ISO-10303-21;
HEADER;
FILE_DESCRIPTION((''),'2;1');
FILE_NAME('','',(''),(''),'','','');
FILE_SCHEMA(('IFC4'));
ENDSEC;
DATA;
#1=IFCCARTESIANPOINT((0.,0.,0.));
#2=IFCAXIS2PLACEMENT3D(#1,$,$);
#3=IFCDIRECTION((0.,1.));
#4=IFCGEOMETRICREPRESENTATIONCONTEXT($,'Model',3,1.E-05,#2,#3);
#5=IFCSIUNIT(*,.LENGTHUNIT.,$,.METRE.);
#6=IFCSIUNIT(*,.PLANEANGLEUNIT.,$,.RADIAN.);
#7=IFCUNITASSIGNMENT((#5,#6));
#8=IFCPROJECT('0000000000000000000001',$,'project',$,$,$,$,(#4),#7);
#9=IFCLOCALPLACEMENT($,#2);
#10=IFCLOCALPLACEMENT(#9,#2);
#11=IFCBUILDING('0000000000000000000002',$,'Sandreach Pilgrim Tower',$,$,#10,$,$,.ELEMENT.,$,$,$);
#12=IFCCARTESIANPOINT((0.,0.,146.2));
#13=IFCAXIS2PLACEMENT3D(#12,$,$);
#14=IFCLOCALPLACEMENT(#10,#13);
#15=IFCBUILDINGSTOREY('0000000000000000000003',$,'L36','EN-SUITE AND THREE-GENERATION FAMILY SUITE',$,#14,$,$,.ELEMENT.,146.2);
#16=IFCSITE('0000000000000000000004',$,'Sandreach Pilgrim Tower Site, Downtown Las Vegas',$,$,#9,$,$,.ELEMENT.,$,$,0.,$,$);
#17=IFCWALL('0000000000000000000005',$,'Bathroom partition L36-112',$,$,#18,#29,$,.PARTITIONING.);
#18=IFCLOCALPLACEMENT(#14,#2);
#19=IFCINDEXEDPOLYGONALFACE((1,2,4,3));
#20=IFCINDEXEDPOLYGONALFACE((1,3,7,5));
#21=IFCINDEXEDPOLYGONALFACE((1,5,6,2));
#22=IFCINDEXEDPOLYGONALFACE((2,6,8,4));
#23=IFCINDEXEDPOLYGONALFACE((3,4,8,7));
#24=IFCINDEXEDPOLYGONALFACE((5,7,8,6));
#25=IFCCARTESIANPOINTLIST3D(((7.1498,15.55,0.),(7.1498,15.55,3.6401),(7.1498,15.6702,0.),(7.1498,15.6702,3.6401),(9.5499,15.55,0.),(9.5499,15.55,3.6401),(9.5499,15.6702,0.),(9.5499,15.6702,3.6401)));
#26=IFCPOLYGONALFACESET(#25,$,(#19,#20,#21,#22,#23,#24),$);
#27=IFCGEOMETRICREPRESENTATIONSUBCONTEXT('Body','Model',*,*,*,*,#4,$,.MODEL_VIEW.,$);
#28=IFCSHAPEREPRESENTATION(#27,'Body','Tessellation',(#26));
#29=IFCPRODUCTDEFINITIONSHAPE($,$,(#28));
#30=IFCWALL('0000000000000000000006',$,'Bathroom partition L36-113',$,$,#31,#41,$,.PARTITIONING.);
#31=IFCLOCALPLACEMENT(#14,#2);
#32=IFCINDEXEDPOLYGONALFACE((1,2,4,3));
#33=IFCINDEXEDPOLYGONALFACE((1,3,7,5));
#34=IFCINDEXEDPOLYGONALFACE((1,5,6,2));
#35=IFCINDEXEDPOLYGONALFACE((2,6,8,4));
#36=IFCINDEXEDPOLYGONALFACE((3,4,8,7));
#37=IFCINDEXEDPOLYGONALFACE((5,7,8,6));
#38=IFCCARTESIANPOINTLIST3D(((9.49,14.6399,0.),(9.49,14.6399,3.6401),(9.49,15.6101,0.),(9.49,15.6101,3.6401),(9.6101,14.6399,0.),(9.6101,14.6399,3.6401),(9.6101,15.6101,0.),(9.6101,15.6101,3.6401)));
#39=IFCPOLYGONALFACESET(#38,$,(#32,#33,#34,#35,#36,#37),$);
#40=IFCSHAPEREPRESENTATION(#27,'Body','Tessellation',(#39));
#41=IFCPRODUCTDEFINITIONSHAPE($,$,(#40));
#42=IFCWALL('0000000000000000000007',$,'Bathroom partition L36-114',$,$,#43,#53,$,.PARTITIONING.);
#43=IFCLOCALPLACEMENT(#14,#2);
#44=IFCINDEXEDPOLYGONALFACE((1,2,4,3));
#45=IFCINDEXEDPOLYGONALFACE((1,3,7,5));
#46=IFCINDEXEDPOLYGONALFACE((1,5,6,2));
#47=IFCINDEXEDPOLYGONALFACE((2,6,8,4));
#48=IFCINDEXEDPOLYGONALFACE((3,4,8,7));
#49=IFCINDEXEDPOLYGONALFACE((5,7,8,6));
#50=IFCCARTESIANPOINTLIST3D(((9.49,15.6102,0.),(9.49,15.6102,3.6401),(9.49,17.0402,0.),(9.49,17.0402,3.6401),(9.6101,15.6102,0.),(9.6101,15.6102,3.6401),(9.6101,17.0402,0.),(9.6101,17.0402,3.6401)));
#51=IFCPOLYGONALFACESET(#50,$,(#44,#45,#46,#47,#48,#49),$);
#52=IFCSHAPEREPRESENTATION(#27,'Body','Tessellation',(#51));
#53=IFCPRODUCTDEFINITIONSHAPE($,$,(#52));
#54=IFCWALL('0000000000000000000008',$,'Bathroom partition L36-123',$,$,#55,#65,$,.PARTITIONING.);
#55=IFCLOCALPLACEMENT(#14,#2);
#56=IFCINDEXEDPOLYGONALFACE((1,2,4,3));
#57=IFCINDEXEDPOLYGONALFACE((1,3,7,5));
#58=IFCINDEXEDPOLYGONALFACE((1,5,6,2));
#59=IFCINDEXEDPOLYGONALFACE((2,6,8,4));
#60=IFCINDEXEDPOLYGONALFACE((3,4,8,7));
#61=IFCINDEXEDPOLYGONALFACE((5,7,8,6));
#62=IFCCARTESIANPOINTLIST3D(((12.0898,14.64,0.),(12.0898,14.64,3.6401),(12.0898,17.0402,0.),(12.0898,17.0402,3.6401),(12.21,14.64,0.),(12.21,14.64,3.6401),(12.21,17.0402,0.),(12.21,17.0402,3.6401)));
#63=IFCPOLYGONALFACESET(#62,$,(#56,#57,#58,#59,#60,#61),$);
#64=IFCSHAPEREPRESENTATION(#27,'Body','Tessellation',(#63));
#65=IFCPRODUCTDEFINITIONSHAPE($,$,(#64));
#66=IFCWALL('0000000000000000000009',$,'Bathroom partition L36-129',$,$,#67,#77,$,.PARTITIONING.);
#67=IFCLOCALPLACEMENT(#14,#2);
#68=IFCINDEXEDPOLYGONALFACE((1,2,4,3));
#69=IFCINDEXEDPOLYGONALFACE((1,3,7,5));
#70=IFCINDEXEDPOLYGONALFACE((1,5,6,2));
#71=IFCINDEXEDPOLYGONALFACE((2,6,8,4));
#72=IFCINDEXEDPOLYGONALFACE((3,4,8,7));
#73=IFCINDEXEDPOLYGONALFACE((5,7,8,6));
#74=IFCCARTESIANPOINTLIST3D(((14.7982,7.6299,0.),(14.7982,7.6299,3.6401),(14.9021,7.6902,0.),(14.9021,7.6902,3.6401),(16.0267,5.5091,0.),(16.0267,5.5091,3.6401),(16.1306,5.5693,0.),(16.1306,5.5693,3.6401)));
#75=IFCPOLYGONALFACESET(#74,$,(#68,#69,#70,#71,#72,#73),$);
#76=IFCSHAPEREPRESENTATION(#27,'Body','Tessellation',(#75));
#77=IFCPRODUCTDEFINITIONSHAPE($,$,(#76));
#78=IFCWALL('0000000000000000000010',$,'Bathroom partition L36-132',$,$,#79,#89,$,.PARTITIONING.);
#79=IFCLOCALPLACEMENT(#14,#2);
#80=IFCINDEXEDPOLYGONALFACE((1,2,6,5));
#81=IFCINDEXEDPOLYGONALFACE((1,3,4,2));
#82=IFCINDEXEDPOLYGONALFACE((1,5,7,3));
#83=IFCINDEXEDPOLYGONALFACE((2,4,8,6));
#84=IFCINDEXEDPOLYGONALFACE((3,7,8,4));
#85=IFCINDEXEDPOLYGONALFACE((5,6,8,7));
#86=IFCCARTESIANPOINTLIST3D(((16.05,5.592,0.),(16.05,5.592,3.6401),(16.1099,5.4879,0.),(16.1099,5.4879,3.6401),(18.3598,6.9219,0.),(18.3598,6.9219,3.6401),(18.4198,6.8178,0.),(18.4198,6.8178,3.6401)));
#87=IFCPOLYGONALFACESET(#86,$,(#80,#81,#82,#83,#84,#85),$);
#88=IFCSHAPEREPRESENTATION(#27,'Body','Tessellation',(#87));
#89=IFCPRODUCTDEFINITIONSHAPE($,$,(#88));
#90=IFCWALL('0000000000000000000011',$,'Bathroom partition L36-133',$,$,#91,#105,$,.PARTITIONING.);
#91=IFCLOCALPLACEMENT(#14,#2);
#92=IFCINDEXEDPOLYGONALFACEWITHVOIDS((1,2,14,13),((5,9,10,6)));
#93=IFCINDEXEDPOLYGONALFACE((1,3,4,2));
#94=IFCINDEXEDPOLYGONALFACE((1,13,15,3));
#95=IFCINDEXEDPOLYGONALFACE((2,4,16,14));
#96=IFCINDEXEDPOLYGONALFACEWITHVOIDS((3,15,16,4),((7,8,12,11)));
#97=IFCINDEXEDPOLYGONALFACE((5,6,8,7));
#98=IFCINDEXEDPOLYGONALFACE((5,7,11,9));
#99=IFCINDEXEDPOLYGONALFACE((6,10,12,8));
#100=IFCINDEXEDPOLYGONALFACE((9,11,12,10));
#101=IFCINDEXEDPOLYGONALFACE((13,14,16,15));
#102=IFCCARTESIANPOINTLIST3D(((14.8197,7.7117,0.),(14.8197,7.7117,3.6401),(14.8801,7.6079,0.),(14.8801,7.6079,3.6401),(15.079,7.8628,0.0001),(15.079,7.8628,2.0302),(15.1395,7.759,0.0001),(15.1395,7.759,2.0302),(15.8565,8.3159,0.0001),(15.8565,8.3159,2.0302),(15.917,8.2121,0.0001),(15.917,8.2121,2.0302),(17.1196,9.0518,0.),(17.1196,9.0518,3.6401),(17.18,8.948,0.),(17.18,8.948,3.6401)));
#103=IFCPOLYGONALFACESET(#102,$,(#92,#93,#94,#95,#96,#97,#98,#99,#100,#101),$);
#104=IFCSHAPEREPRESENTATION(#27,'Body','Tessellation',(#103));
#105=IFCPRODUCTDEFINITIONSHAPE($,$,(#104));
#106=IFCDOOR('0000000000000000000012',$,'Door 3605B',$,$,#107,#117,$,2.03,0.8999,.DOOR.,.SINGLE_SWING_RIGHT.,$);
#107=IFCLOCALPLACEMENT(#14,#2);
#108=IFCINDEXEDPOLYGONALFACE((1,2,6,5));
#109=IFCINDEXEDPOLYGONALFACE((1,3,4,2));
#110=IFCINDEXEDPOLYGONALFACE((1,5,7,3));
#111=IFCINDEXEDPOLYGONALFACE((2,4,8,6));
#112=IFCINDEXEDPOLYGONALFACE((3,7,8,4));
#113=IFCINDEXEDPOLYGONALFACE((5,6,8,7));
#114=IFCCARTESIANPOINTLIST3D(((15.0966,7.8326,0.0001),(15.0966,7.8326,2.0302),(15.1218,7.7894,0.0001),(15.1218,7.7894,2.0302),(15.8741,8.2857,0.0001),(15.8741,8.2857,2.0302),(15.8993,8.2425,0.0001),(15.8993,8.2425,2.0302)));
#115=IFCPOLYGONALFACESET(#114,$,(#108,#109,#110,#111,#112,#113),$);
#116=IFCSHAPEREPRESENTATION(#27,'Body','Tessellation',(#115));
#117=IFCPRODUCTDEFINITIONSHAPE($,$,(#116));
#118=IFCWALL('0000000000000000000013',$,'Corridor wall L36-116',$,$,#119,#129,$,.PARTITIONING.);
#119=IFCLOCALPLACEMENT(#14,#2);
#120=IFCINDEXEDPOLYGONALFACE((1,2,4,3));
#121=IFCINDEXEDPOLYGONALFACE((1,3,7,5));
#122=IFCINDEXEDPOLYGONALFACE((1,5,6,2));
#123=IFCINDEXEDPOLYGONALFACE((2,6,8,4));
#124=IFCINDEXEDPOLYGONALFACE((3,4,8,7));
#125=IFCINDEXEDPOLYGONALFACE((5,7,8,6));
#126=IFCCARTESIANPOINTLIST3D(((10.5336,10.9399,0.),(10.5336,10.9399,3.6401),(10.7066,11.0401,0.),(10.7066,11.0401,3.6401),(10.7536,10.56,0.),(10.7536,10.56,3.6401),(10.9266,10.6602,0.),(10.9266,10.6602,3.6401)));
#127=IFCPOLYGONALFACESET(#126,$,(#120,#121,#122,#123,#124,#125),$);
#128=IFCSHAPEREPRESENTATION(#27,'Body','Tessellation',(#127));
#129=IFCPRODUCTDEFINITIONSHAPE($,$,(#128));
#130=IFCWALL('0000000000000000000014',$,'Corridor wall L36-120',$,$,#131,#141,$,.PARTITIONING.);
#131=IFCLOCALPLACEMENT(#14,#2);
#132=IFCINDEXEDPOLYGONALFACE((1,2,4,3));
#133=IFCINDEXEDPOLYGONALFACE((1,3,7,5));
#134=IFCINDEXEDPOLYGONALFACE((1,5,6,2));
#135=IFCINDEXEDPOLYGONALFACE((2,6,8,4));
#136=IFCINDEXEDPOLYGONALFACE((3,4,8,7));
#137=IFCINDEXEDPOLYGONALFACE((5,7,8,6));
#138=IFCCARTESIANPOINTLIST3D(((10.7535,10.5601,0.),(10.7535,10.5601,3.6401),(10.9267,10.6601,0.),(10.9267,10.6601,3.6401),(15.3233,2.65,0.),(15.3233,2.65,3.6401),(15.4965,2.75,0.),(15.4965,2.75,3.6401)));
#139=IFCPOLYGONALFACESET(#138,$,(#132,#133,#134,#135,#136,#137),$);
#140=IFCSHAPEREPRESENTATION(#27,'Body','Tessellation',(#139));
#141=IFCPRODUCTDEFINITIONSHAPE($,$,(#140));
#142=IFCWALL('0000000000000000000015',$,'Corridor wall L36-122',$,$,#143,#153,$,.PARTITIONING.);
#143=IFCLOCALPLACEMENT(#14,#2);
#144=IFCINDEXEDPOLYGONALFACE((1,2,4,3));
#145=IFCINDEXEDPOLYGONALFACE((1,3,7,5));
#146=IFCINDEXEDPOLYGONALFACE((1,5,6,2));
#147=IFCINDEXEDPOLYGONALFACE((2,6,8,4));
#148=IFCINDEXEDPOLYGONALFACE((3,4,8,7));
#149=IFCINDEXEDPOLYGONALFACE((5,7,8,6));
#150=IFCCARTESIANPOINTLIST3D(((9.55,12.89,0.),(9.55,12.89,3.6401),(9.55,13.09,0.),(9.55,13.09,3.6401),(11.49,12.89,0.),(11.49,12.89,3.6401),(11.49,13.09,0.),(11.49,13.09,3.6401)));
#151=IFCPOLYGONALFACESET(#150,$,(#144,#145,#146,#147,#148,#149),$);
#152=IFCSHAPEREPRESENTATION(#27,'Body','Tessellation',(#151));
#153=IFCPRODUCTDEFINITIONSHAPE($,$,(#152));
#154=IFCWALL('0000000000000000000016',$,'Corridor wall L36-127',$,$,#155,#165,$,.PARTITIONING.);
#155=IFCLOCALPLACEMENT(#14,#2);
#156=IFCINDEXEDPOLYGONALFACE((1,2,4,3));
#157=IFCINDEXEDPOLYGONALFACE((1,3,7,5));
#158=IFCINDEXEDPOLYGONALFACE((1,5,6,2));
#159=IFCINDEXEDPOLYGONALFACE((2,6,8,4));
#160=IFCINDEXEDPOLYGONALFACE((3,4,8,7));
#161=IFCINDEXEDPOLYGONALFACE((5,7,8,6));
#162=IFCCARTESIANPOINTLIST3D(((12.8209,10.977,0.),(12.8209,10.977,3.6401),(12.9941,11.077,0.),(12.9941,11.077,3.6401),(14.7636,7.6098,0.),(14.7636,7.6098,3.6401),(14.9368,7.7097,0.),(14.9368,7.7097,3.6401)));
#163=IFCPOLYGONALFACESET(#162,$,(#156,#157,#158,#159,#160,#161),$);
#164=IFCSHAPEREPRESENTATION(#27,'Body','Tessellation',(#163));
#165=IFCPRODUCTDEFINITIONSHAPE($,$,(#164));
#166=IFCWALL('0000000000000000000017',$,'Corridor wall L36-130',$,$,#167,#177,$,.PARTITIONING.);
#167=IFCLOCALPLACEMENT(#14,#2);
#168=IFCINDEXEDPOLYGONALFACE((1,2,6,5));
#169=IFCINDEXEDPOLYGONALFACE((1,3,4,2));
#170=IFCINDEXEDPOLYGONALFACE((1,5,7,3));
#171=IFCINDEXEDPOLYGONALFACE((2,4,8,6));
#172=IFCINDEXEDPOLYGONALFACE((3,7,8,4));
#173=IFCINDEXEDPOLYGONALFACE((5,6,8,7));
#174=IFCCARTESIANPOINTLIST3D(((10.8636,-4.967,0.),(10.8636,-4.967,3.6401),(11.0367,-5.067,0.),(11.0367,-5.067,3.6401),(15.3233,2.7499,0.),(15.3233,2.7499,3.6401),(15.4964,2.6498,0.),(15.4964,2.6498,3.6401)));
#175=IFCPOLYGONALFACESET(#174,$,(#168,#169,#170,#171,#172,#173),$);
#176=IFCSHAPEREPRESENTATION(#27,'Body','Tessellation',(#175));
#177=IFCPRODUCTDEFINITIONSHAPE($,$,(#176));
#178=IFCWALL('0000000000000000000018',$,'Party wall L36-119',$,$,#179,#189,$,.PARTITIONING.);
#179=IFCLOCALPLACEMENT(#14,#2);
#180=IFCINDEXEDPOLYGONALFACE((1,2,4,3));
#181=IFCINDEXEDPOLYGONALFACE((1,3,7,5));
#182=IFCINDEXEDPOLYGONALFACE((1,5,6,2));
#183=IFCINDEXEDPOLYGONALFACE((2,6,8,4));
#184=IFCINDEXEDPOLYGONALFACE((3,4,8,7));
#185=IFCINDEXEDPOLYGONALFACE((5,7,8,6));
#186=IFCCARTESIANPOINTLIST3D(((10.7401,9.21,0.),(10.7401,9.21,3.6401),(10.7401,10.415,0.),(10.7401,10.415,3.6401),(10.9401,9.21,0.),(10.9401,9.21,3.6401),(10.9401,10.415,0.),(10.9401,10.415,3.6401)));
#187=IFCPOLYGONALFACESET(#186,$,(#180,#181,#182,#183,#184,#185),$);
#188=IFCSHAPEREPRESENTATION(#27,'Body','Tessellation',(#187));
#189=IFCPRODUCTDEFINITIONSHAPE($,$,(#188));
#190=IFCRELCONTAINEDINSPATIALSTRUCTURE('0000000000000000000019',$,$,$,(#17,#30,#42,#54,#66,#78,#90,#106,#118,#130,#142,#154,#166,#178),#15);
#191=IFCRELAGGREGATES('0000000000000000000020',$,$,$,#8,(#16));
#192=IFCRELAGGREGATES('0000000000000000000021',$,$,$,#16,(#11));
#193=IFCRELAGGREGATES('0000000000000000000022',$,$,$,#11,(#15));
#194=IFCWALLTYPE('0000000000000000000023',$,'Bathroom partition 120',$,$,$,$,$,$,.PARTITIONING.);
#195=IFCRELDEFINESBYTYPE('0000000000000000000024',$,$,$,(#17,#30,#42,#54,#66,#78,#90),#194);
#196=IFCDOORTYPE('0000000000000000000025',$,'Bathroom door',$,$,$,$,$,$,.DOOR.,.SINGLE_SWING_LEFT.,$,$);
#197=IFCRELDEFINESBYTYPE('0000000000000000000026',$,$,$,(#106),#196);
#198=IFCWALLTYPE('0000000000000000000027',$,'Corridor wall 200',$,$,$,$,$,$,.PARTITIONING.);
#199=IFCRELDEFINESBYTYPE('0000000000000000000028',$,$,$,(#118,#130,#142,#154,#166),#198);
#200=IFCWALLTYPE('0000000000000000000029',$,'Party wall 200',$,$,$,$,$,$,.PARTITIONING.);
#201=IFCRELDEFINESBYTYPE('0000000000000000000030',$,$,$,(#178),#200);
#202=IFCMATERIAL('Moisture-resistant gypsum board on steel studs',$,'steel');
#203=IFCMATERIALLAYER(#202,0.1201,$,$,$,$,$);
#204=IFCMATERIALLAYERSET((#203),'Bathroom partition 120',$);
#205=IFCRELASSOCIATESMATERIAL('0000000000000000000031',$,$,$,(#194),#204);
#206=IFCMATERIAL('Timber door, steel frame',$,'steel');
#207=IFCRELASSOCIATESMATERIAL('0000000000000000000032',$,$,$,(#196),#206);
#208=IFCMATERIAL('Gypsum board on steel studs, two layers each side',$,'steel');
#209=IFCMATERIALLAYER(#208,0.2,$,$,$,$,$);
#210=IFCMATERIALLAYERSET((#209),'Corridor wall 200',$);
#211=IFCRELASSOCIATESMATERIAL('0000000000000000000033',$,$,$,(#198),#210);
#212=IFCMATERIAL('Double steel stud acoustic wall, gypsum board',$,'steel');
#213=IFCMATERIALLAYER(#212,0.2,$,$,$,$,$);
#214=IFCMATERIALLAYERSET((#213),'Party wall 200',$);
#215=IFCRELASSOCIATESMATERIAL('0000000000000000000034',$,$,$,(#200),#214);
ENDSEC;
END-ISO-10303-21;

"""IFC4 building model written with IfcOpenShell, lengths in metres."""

from ifc_helpers import new_model, si_unit, direction, frame, frame_2d, origin, place, context, subcontext, project, spatial, rectangle, extrude, material, layer, layer_set, type_object, element, fill, save


model = new_model("IFC4")

# Units and contexts
model_context = context("Model", 3, precision=1e-05, world=origin(), true_north=direction((0.0, 1.0)))
body_context = subcontext(model_context, "Body", "Model", "MODEL_VIEW")
ifc_project = project(units=[si_unit("LENGTHUNIT", "METRE"), si_unit("PLANEANGLEUNIT", "RADIAN")], contexts=[model_context])

# Site, building, storey
site_placement = place(None, origin())
site = spatial("IfcSite", under=ifc_project, at=site_placement, Name="Sandreach Pilgrim Tower Site, Downtown Las Vegas", CompositionType="ELEMENT", RefElevation=0.0)
building_placement = place(site_placement, origin())
building = spatial("IfcBuilding", under=site, at=building_placement, Name="Sandreach Pilgrim Tower", CompositionType="ELEMENT")
storey_placement = place(building_placement, frame((0.0, 0.0, 146.2)))
storey = spatial("IfcBuildingStorey", under=building, at=storey_placement, Name="L36", Description="EN-SUITE AND THREE-GENERATION FAMILY SUITE", CompositionType="ELEMENT", Elevation=146.2)

# Walls
ifc_material_1 = material(Name="Moisture-resistant gypsum board on steel studs", Category="steel")
ifc_layer_1 = layer(ifc_material_1, 0.1201)
ifc_layer_set_1 = layer_set([ifc_layer_1], Name="Bathroom partition 120")
wall_type_1 = type_object("IfcWallType", Name="Bathroom partition 120", PredefinedType="PARTITIONING", material=ifc_layer_set_1)
wall_1_placement = place(storey_placement, frame((9.55, 15.6101, 0.0), z_axis=(0.0, 0.0, 1.0), x_axis=(-1.0, 0.0, 0.0)))
element("IfcWall", 1, at=wall_1_placement, inside=storey, type_object=wall_type_1, Name="Bathroom partition L36-112", PredefinedType="PARTITIONING", context=body_context, shape_type="SweptSolid", body=[
    extrude(rectangle(XDim=2.4001, YDim=0.1201, at=frame_2d((1.2002, 0.0))), origin(), (0.0, 0.0, 1.0), 3.6401),
])
wall_2_placement = place(storey_placement, frame((9.55, 15.6101, 0.0), z_axis=(0.0, 0.0, 1.0), x_axis=(0.0, -1.0, 0.0)))
element("IfcWall", 2, at=wall_2_placement, inside=storey, type_object=wall_type_1, Name="Bathroom partition L36-113", PredefinedType="PARTITIONING", context=body_context, shape_type="SweptSolid", body=[
    extrude(rectangle(XDim=0.9702, YDim=0.1201, at=frame_2d((0.4851, 0.0))), origin(), (0.0, 0.0, 1.0), 3.6401),
])
wall_3_placement = place(storey_placement, frame((9.55, 17.04, 0.0), z_axis=(0.0, 0.0, 1.0), x_axis=(0.0, -1.0, 0.0)))
element("IfcWall", 3, at=wall_3_placement, inside=storey, type_object=wall_type_1, Name="Bathroom partition L36-114", PredefinedType="PARTITIONING", context=body_context, shape_type="SweptSolid", body=[
    extrude(rectangle(XDim=1.4299, YDim=0.1201, at=frame_2d((0.7148, 0.0))), origin(), (0.0, 0.0, 1.0), 3.6401),
])
wall_4_placement = place(storey_placement, frame((12.1499, 14.6399, 0.0), z_axis=(0.0, 0.0, 1.0), x_axis=(0.0, 1.0, 0.0)))
element("IfcWall", 4, at=wall_4_placement, inside=storey, type_object=wall_type_1, Name="Bathroom partition L36-123", PredefinedType="PARTITIONING", context=body_context, shape_type="SweptSolid", body=[
    extrude(rectangle(XDim=2.4001, YDim=0.1201, at=frame_2d((1.2002, 0.0))), origin(), (0.0, 0.0, 1.0), 3.6401),
])
wall_5_placement = place(storey_placement, frame((14.8501, 7.6602, 0.0), z_axis=(0.0, 0.0, 1.0), x_axis=(0.501237, -0.86531, 0.0)))
element("IfcWall", 5, at=wall_5_placement, inside=storey, type_object=wall_type_1, Name="Bathroom partition L36-129", PredefinedType="PARTITIONING", context=body_context, shape_type="SweptSolid", body=[
    extrude(rectangle(XDim=2.4509, YDim=0.1201, at=frame_2d((1.2256, 0.0))), origin(), (0.0, 0.0, 1.0), 3.6401),
])
wall_6_placement = place(storey_placement, frame((16.0801, 5.54, 0.0), z_axis=(0.0, 0.0, 1.0), x_axis=(0.866632, 0.498948, 0.0)))
element("IfcWall", 6, at=wall_6_placement, inside=storey, type_object=wall_type_1, Name="Bathroom partition L36-132", PredefinedType="PARTITIONING", context=body_context, shape_type="SweptSolid", body=[
    extrude(rectangle(XDim=2.6653, YDim=0.1201, at=frame_2d((1.3325, 0.0))), origin(), (0.0, 0.0, 1.0), 3.6401),
])

# Wall, opening, door
wall_7_placement = place(storey_placement, frame((17.1499, 9.0, 0.0), z_axis=(0.0, 0.0, 1.0), x_axis=(-0.864018, -0.50346, 0.0)))
wall_7 = element("IfcWall", 7, at=wall_7_placement, inside=storey, type_object=wall_type_1, Name="Bathroom partition L36-133", PredefinedType="PARTITIONING", context=body_context, shape_type="SweptSolid", body=[
    extrude(rectangle(XDim=2.6619, YDim=0.1201, at=frame_2d((1.3311, 0.0))), origin(), (0.0, 0.0, 1.0), 3.6401),
])
opening_1_placement = place(wall_7_placement, frame((1.4619, 0.0, 0.0)))
opening_1 = element("IfcOpeningElement", 8, at=opening_1_placement, cuts=wall_7, PredefinedType="OPENING", context=body_context, shape_type="SweptSolid", body=[
    extrude(rectangle(XDim=0.8999, YDim=2.03, at=frame_2d((0.45, 1.0151))), frame((0.0, 0.0601, 0.0), z_axis=(0.0, -1.0, 0.0), x_axis=(1.0, 0.0, 0.0)), (0.0, 0.0, 1.0), 0.1201),
])
ifc_material_2 = material(Name="Timber door, steel frame", Category="steel")
door_type_1 = type_object("IfcDoorType", Name="Bathroom door", OperationType="SINGLE_SWING_LEFT", PredefinedType="DOOR", material=ifc_material_2)
door_1_placement = place(opening_1_placement, origin())
door_1 = element("IfcDoor", 9, at=door_1_placement, inside=storey, type_object=door_type_1, Name="Door 3605B", OperationType="SINGLE_SWING_RIGHT", OverallHeight=2.03, OverallWidth=0.8999, PredefinedType="DOOR", context=body_context, shape_type="SweptSolid", body=[
    extrude(rectangle(XDim=0.8999, YDim=2.03, at=frame_2d((0.45, 1.0151))), frame((0.0, 0.0249, 0.0), z_axis=(0.0, -1.0, 0.0), x_axis=(1.0, 0.0, 0.0)), (0.0, 0.0, 1.0), 0.05),
])
fill(opening_1, door_1)

# Wall
ifc_material_3 = material(Name="Gypsum board on steel studs, two layers each side", Category="steel")
ifc_layer_2 = layer(ifc_material_3, 0.2)
ifc_layer_set_2 = layer_set([ifc_layer_2], Name="Corridor wall 200")
wall_type_2 = type_object("IfcWallType", Name="Corridor wall 200", PredefinedType="PARTITIONING", material=ifc_layer_set_2)
wall_8_placement = place(storey_placement, frame((10.6201, 10.99, 0.0), z_axis=(0.0, 0.0, 1.0), x_axis=(0.501102, -0.865388, 0.0)))
element("IfcWall", 10, at=wall_8_placement, inside=storey, type_object=wall_type_2, Name="Corridor wall L36-116", PredefinedType="PARTITIONING", context=body_context, shape_type="SweptSolid", body=[
    extrude(rectangle(XDim=0.439, YDim=0.2, at=frame_2d((0.2195, 0.0))), origin(), (0.0, 0.0, 1.0), 3.6401),
])

# Walls
wall_9_placement = place(storey_placement, frame((10.8401, 10.6101, 0.0), z_axis=(0.0, 0.0, 1.0), x_axis=(0.500238, -0.865888, 0.0)))
element("IfcWall", 11, at=wall_9_placement, inside=storey, type_object=wall_type_2, Name="Corridor wall L36-120", PredefinedType="PARTITIONING", context=body_context, shape_type="SweptSolid", body=[
    extrude(rectangle(XDim=9.1353, YDim=0.2, at=frame_2d((4.5676, 0.0))), origin(), (0.0, 0.0, 1.0), 3.6401),
])
wall_10_placement = place(storey_placement, frame((11.49, 12.99, 0.0), z_axis=(0.0, 0.0, 1.0), x_axis=(-1.0, 0.0, 0.0)))
element("IfcWall", 12, at=wall_10_placement, inside=storey, type_object=wall_type_2, Name="Corridor wall L36-122", PredefinedType="PARTITIONING", context=body_context, shape_type="SweptSolid", body=[
    extrude(rectangle(XDim=1.9399, YDim=0.2, at=frame_2d((0.97, 0.0))), origin(), (0.0, 0.0, 1.0), 3.6401),
])

# Walls
wall_11_placement = place(storey_placement, frame((12.9075, 11.0271, 0.0), z_axis=(0.0, 0.0, 1.0), x_axis=(0.499726, -0.866183, 0.0)))
element("IfcWall", 13, at=wall_11_placement, inside=storey, type_object=wall_type_2, Name="Corridor wall L36-127", PredefinedType="PARTITIONING", context=body_context, shape_type="SweptSolid", body=[
    extrude(rectangle(XDim=3.8875, YDim=0.2, at=frame_2d((1.9438, 0.0))), origin(), (0.0, 0.0, 1.0), 3.6401),
])
wall_12_placement = place(storey_placement, frame((15.4099, 2.7, 0.0), z_axis=(0.0, 0.0, 1.0), x_axis=(-0.500372, -0.86581, 0.0)))
element("IfcWall", 14, at=wall_12_placement, inside=storey, type_object=wall_type_2, Name="Corridor wall L36-130", PredefinedType="PARTITIONING", context=body_context, shape_type="SweptSolid", body=[
    extrude(rectangle(XDim=8.9128, YDim=0.2, at=frame_2d((4.4565, 0.0))), origin(), (0.0, 0.0, 1.0), 3.6401),
])

# Wall
ifc_material_4 = material(Name="Double steel stud acoustic wall, gypsum board", Category="steel")
ifc_layer_3 = layer(ifc_material_4, 0.2)
ifc_layer_set_3 = layer_set([ifc_layer_3], Name="Party wall 200")
wall_type_3 = type_object("IfcWallType", Name="Party wall 200", PredefinedType="PARTITIONING", material=ifc_layer_set_3)
wall_13_placement = place(storey_placement, frame((10.8401, 10.415, 0.0), z_axis=(0.0, 0.0, 1.0), x_axis=(0.0, -1.0, 0.0)))
element("IfcWall", 15, at=wall_13_placement, inside=storey, type_object=wall_type_3, Name="Party wall L36-119", PredefinedType="PARTITIONING", context=body_context, shape_type="SweptSolid", body=[
    extrude(rectangle(XDim=1.2051, YDim=0.2, at=frame_2d((0.6025, 0.0))), origin(), (0.0, 0.0, 1.0), 3.6401),
])

save(model, "model.ifc")
